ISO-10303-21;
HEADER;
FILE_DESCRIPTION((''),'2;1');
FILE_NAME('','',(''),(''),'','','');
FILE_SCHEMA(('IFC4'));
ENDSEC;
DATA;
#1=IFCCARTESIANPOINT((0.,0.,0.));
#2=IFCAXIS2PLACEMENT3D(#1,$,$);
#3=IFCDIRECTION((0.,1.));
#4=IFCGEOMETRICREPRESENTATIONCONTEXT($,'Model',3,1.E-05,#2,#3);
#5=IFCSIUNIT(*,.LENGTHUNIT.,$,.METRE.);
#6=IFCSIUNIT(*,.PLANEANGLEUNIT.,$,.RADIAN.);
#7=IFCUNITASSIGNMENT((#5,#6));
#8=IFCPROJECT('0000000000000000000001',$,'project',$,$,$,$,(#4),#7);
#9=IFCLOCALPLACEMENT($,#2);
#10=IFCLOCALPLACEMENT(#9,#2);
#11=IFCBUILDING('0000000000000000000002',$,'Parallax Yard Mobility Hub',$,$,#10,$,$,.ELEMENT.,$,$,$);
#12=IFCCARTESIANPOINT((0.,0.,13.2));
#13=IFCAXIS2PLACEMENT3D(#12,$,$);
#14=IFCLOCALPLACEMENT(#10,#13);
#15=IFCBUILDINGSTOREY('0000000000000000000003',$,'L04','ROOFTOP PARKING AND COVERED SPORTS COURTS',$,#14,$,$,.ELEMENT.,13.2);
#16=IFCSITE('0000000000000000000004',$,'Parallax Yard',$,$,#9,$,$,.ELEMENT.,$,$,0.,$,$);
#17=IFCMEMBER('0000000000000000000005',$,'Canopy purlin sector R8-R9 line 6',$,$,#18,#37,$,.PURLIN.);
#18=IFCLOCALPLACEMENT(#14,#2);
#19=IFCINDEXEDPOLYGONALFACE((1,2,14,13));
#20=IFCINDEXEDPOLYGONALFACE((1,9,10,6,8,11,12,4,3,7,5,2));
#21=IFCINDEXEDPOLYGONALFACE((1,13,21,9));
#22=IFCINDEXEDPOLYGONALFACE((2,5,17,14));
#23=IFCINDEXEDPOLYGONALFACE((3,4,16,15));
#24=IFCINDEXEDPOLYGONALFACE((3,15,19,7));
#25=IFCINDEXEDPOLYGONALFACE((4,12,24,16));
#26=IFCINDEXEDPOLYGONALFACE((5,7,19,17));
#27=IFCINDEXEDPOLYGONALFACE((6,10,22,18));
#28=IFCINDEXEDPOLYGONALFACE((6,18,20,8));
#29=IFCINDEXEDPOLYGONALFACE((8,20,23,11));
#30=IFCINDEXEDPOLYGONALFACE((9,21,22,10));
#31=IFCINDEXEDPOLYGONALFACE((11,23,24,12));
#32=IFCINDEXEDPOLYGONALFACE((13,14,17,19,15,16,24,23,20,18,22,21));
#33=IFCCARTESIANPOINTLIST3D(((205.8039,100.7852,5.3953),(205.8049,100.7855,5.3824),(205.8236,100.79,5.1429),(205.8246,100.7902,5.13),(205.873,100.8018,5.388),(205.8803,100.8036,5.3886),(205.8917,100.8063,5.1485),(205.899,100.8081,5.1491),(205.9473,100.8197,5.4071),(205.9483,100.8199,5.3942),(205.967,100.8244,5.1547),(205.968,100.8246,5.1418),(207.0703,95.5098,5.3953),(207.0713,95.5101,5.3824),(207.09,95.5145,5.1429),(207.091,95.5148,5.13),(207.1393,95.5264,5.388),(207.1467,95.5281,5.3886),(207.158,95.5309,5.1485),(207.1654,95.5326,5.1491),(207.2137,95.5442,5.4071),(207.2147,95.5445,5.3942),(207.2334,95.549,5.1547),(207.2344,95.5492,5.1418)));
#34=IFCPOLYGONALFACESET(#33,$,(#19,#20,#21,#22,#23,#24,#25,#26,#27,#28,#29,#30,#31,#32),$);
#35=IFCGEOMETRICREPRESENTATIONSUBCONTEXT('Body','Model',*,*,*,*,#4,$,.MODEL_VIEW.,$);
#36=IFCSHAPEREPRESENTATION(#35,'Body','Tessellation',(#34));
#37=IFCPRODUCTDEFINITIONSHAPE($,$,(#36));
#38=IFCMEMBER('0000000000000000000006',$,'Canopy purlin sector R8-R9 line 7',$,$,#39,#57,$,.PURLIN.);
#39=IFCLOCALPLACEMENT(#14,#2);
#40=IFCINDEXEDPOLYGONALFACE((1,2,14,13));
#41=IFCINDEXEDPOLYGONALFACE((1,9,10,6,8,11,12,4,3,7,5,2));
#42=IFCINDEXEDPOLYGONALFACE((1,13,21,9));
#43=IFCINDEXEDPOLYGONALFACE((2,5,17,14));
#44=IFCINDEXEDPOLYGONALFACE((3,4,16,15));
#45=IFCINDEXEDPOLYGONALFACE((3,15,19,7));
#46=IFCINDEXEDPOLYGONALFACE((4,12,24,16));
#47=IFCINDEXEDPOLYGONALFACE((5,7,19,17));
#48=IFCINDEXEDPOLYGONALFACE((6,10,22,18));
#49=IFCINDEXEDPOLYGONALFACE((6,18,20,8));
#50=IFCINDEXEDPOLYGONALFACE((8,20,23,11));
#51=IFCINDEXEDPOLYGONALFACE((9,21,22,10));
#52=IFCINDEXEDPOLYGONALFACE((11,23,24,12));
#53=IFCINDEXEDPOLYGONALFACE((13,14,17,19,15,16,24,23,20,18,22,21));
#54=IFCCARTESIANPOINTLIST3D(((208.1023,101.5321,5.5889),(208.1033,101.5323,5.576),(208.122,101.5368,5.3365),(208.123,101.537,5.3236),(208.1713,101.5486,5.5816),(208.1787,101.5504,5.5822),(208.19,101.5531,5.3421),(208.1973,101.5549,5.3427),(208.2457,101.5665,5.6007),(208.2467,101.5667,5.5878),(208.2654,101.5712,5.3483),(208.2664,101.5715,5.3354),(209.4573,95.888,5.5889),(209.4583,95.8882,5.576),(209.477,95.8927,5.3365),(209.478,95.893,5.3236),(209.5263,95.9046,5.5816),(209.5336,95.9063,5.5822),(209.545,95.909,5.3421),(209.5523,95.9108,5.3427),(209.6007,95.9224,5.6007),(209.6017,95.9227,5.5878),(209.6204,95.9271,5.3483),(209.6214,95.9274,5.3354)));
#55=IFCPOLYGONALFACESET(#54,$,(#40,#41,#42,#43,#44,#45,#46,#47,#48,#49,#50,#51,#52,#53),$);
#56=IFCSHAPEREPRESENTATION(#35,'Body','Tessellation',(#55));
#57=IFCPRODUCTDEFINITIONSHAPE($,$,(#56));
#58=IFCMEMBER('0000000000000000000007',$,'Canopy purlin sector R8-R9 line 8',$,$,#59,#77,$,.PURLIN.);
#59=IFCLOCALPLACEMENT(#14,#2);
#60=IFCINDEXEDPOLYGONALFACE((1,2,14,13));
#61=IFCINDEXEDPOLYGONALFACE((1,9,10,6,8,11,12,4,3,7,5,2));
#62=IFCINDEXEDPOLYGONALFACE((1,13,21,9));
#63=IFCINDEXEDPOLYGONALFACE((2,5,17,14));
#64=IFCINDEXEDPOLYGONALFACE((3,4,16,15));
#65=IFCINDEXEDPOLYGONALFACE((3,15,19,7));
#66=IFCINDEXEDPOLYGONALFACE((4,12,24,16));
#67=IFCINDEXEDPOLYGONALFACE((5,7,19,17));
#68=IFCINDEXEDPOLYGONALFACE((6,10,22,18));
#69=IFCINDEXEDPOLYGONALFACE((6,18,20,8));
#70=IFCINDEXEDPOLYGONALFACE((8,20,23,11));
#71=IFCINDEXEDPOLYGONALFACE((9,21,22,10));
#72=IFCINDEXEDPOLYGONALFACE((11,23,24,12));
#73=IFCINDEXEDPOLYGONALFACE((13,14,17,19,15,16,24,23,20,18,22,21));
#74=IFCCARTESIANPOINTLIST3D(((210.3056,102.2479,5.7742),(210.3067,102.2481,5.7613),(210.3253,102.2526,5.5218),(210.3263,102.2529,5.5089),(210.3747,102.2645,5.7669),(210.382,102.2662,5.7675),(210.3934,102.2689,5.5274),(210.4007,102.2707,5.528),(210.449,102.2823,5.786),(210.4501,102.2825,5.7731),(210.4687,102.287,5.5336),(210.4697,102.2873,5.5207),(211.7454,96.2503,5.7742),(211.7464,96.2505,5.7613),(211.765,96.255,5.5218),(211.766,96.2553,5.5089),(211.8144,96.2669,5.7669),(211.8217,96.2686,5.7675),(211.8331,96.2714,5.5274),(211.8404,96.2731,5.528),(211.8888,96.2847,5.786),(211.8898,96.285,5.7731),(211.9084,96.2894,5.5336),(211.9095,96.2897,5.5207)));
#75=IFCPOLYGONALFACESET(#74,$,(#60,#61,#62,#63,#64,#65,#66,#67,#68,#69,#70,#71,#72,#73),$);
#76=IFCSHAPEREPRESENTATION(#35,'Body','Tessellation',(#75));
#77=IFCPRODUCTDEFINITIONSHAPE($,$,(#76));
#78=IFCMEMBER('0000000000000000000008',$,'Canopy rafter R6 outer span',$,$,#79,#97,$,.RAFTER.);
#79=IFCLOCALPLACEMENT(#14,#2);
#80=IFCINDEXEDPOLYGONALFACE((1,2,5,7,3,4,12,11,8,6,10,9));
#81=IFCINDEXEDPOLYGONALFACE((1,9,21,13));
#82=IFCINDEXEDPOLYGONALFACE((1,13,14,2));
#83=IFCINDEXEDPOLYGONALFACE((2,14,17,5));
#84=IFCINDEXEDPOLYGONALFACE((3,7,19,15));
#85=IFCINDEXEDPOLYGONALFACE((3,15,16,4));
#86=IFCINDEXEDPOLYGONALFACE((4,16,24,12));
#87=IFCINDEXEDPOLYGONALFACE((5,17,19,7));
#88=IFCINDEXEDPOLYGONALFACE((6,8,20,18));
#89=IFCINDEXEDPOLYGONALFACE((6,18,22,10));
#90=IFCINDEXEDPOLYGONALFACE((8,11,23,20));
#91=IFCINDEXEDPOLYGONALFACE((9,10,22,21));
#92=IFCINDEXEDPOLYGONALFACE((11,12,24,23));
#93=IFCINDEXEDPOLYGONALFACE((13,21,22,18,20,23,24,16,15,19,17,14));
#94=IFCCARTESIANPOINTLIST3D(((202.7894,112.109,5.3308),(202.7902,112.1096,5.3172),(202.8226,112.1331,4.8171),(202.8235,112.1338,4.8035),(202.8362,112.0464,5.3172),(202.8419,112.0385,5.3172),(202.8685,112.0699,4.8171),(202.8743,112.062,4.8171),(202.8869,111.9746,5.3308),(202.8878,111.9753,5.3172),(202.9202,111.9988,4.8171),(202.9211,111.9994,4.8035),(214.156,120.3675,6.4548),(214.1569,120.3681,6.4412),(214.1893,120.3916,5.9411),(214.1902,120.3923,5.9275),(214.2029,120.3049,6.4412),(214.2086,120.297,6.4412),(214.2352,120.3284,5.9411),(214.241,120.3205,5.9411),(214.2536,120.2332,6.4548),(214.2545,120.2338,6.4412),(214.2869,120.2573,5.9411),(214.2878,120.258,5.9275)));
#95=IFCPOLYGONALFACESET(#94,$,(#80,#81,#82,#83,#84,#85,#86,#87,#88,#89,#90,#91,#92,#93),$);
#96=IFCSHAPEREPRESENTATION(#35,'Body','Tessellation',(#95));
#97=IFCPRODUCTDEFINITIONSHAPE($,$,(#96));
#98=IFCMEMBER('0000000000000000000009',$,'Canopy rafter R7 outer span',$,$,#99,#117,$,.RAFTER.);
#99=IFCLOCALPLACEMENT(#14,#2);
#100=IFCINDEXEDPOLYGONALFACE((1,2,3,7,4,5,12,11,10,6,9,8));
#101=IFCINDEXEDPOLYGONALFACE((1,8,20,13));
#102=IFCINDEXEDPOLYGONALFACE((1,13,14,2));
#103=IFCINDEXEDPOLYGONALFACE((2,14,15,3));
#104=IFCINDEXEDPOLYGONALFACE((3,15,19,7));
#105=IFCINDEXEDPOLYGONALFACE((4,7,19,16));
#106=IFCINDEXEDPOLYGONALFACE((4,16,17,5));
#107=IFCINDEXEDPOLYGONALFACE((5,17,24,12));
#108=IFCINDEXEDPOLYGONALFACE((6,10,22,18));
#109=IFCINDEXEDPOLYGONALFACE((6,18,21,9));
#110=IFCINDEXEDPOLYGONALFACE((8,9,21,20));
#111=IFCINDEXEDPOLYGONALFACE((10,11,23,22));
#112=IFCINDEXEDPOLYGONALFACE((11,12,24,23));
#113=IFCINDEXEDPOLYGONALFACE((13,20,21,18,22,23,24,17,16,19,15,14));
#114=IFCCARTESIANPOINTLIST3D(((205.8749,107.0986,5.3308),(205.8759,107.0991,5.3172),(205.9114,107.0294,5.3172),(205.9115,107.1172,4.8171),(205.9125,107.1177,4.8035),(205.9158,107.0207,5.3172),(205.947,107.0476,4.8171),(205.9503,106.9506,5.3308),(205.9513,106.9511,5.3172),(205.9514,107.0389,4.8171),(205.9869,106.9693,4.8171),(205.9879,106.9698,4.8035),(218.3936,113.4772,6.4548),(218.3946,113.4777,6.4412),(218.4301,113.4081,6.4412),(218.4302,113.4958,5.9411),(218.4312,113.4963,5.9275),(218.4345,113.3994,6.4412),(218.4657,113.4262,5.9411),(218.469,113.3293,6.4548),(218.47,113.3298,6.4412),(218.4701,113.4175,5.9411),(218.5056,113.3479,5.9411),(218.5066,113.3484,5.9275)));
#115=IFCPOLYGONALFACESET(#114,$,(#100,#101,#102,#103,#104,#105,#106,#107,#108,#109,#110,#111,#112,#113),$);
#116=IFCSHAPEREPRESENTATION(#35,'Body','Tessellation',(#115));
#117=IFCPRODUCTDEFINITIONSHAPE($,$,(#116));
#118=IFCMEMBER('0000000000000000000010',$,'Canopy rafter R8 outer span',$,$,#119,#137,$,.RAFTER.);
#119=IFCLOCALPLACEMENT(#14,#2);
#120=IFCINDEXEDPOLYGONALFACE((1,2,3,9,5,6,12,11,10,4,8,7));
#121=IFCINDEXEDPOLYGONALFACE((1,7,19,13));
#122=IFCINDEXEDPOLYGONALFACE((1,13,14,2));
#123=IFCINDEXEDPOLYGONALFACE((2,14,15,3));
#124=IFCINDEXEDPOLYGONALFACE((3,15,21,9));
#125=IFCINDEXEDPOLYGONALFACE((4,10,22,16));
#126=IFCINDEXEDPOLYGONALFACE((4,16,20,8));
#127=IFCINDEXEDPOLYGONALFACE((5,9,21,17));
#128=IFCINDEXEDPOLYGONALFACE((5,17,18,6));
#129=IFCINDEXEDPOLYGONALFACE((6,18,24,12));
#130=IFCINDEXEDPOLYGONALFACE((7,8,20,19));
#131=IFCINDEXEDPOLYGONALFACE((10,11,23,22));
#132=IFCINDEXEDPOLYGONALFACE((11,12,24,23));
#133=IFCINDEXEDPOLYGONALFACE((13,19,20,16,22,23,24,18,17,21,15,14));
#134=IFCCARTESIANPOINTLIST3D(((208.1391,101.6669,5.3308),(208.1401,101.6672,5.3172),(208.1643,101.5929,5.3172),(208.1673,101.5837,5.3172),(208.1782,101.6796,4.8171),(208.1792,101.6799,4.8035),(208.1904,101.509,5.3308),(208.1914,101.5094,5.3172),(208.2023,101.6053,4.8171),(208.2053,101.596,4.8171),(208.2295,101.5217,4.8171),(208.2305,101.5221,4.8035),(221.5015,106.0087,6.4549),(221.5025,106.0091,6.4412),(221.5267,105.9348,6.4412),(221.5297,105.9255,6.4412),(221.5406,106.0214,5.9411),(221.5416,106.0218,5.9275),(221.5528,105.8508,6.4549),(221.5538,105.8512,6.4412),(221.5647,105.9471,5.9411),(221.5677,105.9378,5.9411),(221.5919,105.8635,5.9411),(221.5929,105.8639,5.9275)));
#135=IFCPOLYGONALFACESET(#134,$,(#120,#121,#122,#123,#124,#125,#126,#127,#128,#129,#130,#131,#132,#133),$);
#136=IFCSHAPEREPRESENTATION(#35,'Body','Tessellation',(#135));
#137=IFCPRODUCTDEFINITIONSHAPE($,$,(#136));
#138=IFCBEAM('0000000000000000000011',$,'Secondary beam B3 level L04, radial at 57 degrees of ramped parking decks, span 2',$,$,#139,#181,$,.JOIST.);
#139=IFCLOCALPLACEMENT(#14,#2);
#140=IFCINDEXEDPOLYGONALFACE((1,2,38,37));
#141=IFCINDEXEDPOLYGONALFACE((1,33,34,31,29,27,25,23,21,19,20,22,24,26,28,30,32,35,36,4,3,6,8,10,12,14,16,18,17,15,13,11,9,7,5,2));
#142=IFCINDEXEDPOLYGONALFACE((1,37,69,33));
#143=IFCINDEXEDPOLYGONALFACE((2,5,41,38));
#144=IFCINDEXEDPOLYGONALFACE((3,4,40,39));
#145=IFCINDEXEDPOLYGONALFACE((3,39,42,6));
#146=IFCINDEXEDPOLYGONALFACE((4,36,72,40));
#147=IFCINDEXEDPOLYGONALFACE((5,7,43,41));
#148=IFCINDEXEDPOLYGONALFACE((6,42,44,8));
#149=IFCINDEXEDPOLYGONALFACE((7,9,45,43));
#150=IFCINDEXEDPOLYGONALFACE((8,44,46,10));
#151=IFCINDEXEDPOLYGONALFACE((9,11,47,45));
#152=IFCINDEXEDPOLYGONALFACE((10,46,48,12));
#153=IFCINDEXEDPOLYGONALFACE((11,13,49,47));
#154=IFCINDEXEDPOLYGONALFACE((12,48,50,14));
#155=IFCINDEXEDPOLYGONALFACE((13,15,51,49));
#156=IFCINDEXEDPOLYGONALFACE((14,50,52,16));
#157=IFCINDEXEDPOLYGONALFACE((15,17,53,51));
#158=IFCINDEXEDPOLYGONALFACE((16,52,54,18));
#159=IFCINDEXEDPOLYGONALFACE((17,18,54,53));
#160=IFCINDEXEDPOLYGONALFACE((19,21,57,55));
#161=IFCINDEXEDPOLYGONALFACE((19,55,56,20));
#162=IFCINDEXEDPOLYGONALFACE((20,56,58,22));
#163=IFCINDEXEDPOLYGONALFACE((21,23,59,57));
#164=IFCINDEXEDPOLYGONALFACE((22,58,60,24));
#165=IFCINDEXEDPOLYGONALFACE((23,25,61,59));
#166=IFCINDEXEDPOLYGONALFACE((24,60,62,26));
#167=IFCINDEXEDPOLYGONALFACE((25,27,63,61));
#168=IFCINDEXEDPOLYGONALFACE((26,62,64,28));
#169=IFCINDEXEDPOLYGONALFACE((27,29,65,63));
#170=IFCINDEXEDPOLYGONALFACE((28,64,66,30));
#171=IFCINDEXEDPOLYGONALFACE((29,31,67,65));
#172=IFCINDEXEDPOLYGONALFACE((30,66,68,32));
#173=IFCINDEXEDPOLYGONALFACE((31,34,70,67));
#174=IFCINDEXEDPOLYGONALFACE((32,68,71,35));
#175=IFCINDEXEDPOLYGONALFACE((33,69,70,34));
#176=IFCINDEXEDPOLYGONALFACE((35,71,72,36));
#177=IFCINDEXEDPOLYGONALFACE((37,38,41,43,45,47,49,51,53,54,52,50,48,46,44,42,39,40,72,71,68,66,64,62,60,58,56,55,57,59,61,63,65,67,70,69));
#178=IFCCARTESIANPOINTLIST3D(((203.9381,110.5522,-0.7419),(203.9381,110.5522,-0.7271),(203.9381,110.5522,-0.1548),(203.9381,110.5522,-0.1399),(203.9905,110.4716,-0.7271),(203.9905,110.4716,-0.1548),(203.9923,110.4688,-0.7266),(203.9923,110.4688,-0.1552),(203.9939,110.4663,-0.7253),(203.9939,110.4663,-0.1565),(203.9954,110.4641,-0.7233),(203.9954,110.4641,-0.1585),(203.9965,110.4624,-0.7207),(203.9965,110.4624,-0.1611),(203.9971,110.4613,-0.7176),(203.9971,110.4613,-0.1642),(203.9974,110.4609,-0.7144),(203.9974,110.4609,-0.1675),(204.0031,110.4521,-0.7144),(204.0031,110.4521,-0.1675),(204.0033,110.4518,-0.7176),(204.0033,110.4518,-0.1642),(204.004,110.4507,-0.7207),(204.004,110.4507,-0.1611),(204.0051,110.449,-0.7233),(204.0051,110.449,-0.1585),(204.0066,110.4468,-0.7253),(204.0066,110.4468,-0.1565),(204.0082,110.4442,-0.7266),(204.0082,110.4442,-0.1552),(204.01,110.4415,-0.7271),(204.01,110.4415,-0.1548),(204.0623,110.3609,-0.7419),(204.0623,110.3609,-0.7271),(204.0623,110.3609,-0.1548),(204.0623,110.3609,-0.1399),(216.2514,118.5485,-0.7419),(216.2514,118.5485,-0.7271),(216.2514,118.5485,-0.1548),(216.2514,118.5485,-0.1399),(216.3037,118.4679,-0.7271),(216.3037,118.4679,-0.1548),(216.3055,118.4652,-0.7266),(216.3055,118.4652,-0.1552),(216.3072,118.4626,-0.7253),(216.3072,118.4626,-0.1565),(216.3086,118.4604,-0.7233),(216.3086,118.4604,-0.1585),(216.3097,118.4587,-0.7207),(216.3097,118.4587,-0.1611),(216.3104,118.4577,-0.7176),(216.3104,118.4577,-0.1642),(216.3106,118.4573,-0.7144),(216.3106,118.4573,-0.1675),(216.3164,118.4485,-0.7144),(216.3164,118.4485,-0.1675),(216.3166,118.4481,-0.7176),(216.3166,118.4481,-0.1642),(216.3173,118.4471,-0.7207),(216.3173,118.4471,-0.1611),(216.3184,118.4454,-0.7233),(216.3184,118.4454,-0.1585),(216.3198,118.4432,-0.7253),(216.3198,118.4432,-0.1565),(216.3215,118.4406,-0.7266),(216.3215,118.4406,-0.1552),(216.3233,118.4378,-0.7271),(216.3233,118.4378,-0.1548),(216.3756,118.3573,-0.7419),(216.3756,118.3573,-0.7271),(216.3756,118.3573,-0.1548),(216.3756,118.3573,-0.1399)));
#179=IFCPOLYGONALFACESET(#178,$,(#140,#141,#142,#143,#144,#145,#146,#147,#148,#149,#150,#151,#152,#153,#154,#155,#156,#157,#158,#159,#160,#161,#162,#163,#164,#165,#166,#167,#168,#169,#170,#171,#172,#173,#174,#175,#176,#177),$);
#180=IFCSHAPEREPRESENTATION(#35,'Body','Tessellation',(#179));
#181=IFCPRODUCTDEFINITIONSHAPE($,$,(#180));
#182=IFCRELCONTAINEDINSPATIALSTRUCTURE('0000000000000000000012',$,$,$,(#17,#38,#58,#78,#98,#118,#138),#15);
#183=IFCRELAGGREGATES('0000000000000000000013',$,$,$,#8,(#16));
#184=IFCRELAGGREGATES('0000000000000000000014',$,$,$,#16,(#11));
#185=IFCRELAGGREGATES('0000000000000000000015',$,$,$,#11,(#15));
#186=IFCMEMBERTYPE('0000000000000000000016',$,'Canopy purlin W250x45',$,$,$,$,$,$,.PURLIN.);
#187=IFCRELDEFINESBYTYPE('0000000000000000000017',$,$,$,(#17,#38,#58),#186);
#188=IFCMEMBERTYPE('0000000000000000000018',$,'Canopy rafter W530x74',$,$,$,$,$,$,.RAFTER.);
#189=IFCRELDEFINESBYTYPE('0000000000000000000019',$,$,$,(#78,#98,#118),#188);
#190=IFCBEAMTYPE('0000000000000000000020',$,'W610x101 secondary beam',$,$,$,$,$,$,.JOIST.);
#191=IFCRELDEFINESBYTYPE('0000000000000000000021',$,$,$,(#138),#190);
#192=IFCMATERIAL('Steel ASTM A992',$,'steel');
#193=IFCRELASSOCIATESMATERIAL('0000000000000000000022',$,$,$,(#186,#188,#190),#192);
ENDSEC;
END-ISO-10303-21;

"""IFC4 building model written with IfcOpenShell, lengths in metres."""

from ifc_helpers import new_model, si_unit, direction, frame, origin, origin_2d, place, context, subcontext, project, spatial, i_section, extrude, material, material_profile, profile_set, type_object, element, save


model = new_model("IFC4")

# Units and contexts
model_context = context("Model", 3, precision=1e-05, world=origin(), true_north=direction((0.0, 1.0)))
body_context = subcontext(model_context, "Body", "Model", "MODEL_VIEW")
ifc_project = project(units=[si_unit("LENGTHUNIT", "METRE"), si_unit("PLANEANGLEUNIT", "RADIAN")], contexts=[model_context])

# Site, building, storey
site_placement = place(None, origin())
site = spatial("IfcSite", under=ifc_project, at=site_placement, Name="Parallax Yard", CompositionType="ELEMENT", RefElevation=0.0)
building_placement = place(site_placement, origin())
building = spatial("IfcBuilding", under=site, at=building_placement, Name="Parallax Yard Mobility Hub", CompositionType="ELEMENT")
storey_placement = place(building_placement, frame((0.0, 0.0, 13.2)))
storey = spatial("IfcBuildingStorey", under=building, at=storey_placement, Name="L04", Description="ROOFTOP PARKING AND COVERED SPORTS COURTS", CompositionType="ELEMENT", Elevation=13.2)

# Members
ifc_material_1 = material(Name="Steel ASTM A992", Category="steel")
ifc_material_profile_1 = material_profile(ifc_material_1, i_section(OverallWidth=0.1479, OverallDepth=0.2661, WebThickness=0.0076, FlangeThickness=0.0129, at=origin_2d()), Name="W250x45")
ifc_profile_set_1 = profile_set([ifc_material_profile_1], Name="Steel ASTM A992")
member_type_1 = type_object("IfcMemberType", Name="Canopy purlin W250x45", PredefinedType="PURLIN", material=ifc_profile_set_1)
member_1_placement = place(storey_placement, frame((205.886, 100.8049, 5.2686), z_axis=(0.233419, -0.972376, 0.0), x_axis=(0.96926, 0.232671, 0.07999)))
element("IfcMember", 1, at=member_1_placement, inside=storey, type_object=member_type_1, Name="Canopy purlin sector R8-R9 line 6", PredefinedType="PURLIN", context=body_context, shape_type="SweptSolid", body=[
    extrude(i_section(OverallWidth=0.1479, OverallDepth=0.2661, WebThickness=0.0076, FlangeThickness=0.0129, at=origin_2d()), origin(), (0.0, 0.0, 1.0), 5.4253),
])
member_2_placement = place(storey_placement, frame((208.1843, 101.5518, 5.4622), z_axis=(0.23344, -0.972371, 0.0), x_axis=(0.969255, 0.232692, 0.07999)))
element("IfcMember", 2, at=member_2_placement, inside=storey, type_object=member_type_1, Name="Canopy purlin sector R8-R9 line 7", PredefinedType="PURLIN", context=body_context, shape_type="SweptSolid", body=[
    extrude(i_section(OverallWidth=0.1479, OverallDepth=0.2661, WebThickness=0.0076, FlangeThickness=0.0129, at=origin_2d()), origin(), (0.0, 0.0, 1.0), 5.8044),
])
member_3_placement = place(storey_placement, frame((210.3877, 102.2676, 5.6475), z_axis=(0.233416, -0.972377, 0.0), x_axis=(0.969261, 0.232668, 0.07999)))
element("IfcMember", 3, at=member_3_placement, inside=storey, type_object=member_type_1, Name="Canopy purlin sector R8-R9 line 8", PredefinedType="PURLIN", context=body_context, shape_type="SweptSolid", body=[
    extrude(i_section(OverallWidth=0.1479, OverallDepth=0.2661, WebThickness=0.0076, FlangeThickness=0.0129, at=origin_2d()), origin(), (0.0, 0.0, 1.0), 6.168),
])
ifc_material_profile_2 = material_profile(ifc_material_1, i_section(OverallWidth=0.166, OverallDepth=0.5291, WebThickness=0.0098, FlangeThickness=0.0137, at=origin_2d()), Name="W530x74")
ifc_profile_set_2 = profile_set([ifc_material_profile_2], Name="Steel ASTM A992")
member_type_2 = type_object("IfcMemberType", Name="Canopy rafter W530x74", PredefinedType="RAFTER", material=ifc_profile_set_2)
for number, where, z_axis, x_axis, name in (
    (4, (202.8552, 112.0542, 5.0671), (0.806435, 0.58592, 0.079746), (-0.587792, 0.809012, 0.0), "Canopy rafter R6 outer span"),
    (5, (205.9314, 107.0342, 5.0671), (0.888168, 0.452546, 0.079746), (-0.453991, 0.891006, 0.0), "Canopy rafter R7 outer span"),
    (6, (208.1848, 101.5945, 5.0671), (0.948025, 0.308041, 0.079747), (-0.309025, 0.951054, 0.0), "Canopy rafter R8 outer span"),
):
    element("IfcMember", number, at=place(storey_placement, frame(where, z_axis=z_axis, x_axis=x_axis)), inside=storey, type_object=member_type_2, Name=name, PredefinedType="RAFTER", context=body_context, shape_type="SweptSolid", body=[
        extrude(i_section(OverallWidth=0.166, OverallDepth=0.5291, WebThickness=0.0098, FlangeThickness=0.0137, at=origin_2d()), origin(), (0.0, 0.0, 1.0), 14.095),
    ])

# Beam
ifc_material_profile_3 = material_profile(ifc_material_1, i_section(OverallWidth=0.228, OverallDepth=0.6021, WebThickness=0.0105, FlangeThickness=0.0149, FilletRadius=0.0127, at=origin_2d()), Name="W610x101")
ifc_profile_set_3 = profile_set([ifc_material_profile_3], Name="Steel ASTM A992")
beam_type_1 = type_object("IfcBeamType", Name="W610x101 secondary beam", PredefinedType="JOIST", material=ifc_profile_set_3)
for number, where, z_axis, x_axis, name in (
    (7, (204.0002, 110.4565, -0.4409), (0.83867, 0.544641, 0.0), (-0.544641, 0.83867, 0.0), "Secondary beam B3 level L04, radial at 57 degrees of ramped parking decks, span 2"),
):
    element("IfcBeam", number, at=place(storey_placement, frame(where, z_axis=z_axis, x_axis=x_axis)), inside=storey, type_object=beam_type_1, Name=name, PredefinedType="JOIST", context=body_context, shape_type="SweptSolid", body=[
        extrude(i_section(OverallWidth=0.228, OverallDepth=0.6021, WebThickness=0.0105, FlangeThickness=0.0149, FilletRadius=0.0127, at=origin_2d()), origin(), (0.0, 0.0, 1.0), 14.6819),
    ])

save(model, "model.ifc")
